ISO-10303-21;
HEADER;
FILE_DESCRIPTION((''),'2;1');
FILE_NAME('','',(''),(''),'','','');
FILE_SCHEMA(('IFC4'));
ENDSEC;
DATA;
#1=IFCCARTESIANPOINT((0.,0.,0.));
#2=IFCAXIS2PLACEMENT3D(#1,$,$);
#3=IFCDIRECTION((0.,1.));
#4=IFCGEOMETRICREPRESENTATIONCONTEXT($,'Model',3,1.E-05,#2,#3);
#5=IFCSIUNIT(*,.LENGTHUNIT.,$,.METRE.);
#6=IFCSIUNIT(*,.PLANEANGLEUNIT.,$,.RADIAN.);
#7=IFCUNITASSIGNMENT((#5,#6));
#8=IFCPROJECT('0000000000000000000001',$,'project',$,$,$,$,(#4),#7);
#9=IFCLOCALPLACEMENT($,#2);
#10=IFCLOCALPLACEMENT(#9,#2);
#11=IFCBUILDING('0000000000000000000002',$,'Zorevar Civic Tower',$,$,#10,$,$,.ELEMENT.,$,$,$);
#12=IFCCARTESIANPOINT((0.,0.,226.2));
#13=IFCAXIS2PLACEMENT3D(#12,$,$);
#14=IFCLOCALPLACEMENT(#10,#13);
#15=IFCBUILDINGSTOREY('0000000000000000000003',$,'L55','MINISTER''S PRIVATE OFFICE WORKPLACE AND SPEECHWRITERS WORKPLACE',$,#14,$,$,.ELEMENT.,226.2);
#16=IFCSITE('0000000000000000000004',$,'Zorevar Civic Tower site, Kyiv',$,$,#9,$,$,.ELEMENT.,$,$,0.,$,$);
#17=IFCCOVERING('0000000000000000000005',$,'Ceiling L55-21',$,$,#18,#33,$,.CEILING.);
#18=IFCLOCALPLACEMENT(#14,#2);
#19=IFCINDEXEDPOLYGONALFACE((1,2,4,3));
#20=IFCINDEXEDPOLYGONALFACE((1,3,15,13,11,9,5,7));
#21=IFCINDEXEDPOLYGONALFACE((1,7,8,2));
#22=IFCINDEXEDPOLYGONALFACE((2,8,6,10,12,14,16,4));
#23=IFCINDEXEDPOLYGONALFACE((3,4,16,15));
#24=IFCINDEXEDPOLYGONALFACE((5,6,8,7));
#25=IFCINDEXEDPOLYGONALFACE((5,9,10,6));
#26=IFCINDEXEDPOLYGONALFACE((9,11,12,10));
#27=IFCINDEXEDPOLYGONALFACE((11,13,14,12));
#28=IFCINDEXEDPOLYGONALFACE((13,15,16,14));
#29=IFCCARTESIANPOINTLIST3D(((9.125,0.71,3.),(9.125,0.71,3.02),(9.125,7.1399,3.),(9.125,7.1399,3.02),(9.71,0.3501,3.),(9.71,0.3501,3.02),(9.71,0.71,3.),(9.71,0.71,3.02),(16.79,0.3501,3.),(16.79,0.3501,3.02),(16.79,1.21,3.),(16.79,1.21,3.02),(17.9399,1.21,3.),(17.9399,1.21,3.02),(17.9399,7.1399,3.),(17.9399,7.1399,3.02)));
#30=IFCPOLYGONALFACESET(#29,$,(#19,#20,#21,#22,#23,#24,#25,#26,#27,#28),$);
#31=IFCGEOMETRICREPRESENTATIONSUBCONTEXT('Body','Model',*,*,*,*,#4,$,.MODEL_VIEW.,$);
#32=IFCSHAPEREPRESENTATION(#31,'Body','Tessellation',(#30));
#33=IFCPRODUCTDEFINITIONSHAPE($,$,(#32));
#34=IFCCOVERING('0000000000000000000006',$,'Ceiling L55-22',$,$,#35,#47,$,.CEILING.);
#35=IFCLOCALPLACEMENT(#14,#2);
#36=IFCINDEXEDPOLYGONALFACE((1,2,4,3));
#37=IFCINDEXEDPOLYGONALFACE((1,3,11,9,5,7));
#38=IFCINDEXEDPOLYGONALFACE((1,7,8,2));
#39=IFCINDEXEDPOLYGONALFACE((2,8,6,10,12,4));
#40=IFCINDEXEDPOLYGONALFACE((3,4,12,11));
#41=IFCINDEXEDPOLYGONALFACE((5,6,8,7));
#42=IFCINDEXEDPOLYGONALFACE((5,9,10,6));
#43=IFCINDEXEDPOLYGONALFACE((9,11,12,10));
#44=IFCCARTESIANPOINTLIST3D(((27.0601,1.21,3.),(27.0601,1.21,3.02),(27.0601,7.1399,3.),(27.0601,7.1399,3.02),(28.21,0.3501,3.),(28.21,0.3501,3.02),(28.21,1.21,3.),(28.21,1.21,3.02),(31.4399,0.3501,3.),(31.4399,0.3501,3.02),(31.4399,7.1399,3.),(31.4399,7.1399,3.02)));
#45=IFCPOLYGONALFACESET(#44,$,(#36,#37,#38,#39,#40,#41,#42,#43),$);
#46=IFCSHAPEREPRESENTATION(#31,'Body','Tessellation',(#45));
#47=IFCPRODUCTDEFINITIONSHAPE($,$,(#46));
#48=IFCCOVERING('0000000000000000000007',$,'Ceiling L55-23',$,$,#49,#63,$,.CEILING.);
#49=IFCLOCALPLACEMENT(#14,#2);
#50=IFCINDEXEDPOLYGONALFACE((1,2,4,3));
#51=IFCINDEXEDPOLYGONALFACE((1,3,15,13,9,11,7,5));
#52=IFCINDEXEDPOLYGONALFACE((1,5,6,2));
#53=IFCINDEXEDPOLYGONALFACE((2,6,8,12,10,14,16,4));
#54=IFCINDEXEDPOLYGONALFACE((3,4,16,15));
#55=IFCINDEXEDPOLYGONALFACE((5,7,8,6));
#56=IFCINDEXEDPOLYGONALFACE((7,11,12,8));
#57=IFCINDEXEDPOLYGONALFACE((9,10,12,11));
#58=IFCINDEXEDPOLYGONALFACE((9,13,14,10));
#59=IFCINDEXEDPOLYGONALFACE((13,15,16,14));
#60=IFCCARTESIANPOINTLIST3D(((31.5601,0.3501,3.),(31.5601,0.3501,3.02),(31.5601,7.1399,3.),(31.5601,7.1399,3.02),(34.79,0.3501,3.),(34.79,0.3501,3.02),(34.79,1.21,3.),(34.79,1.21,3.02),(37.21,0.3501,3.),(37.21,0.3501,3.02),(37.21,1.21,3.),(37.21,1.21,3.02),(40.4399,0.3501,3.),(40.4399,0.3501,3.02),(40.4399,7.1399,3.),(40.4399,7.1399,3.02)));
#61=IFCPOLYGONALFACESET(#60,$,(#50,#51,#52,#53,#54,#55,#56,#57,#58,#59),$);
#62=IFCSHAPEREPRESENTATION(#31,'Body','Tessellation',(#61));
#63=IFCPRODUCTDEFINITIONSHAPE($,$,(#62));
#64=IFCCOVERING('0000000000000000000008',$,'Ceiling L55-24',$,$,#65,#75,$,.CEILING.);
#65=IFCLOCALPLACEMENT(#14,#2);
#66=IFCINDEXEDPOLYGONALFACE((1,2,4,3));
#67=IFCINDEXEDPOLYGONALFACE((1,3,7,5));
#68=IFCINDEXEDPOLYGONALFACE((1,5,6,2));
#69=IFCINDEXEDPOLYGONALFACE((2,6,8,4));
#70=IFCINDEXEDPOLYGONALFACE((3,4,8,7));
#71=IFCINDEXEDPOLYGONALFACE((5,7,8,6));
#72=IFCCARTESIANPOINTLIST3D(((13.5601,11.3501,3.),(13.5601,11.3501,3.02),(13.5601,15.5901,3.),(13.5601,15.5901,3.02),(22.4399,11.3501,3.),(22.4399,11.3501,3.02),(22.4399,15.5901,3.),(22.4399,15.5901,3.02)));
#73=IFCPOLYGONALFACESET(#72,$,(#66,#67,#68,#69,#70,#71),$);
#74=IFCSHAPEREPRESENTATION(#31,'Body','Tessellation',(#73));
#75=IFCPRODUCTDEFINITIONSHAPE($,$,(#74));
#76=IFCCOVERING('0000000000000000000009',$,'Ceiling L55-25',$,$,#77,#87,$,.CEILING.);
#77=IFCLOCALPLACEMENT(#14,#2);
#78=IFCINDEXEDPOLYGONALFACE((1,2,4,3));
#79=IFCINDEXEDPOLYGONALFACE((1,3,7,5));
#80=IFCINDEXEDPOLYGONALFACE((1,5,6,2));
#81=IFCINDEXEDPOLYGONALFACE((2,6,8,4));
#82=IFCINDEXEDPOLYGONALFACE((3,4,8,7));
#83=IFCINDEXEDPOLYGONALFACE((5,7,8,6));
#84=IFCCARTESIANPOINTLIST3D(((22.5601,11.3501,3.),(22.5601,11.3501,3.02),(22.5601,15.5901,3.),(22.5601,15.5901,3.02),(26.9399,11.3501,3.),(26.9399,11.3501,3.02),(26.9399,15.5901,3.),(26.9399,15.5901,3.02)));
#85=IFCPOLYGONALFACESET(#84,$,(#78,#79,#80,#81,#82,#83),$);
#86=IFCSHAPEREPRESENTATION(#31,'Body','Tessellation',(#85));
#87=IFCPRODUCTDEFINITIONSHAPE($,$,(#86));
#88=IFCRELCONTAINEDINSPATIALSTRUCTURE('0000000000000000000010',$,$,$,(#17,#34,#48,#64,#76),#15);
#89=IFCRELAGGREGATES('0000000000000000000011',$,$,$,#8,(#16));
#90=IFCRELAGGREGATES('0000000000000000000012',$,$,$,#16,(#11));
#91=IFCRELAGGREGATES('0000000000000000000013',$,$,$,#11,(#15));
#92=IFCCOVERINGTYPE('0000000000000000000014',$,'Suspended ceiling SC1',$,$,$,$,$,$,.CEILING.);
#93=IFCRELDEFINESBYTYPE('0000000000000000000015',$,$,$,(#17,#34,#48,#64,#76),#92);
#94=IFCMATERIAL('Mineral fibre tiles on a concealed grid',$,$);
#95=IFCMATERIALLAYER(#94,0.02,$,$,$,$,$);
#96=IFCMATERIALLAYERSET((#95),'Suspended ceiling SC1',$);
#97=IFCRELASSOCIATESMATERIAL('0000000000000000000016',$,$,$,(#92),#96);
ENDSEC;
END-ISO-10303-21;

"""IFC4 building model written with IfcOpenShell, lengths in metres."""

from ifc_helpers import new_model, si_unit, direction, frame, origin, place, context, subcontext, project, spatial, polyline, outline, extrude, material, layer, layer_set, type_object, element, save


model = new_model("IFC4")

# Units and contexts
model_context = context("Model", 3, precision=1e-05, world=origin(), true_north=direction((0.0, 1.0)))
body_context = subcontext(model_context, "Body", "Model", "MODEL_VIEW")
ifc_project = project(units=[si_unit("LENGTHUNIT", "METRE"), si_unit("PLANEANGLEUNIT", "RADIAN")], contexts=[model_context])

# Site, building, storey
site_placement = place(None, origin())
site = spatial("IfcSite", under=ifc_project, at=site_placement, Name="Zorevar Civic Tower site, Kyiv", CompositionType="ELEMENT", RefElevation=0.0)
building_placement = place(site_placement, origin())
building = spatial("IfcBuilding", under=site, at=building_placement, Name="Zorevar Civic Tower", CompositionType="ELEMENT")
storey_placement = place(building_placement, frame((0.0, 0.0, 226.2)))
storey = spatial("IfcBuildingStorey", under=building, at=storey_placement, Name="L55", Description="MINISTER'S PRIVATE OFFICE WORKPLACE AND SPEECHWRITERS WORKPLACE", CompositionType="ELEMENT", Elevation=226.2)

# Coverings
ifc_material_1 = material(Name="Mineral fibre tiles on a concealed grid")
ifc_layer_1 = layer(ifc_material_1, 0.02)
ifc_layer_set_1 = layer_set([ifc_layer_1], Name="Suspended ceiling SC1")
covering_type_1 = type_object("IfcCoveringType", Name="Suspended ceiling SC1", PredefinedType="CEILING", material=ifc_layer_set_1)
covering_1_placement = place(storey_placement, frame((0.0, 0.0, 3.0)))
element("IfcCovering", 1, at=covering_1_placement, inside=storey, type_object=covering_type_1, Name="Ceiling L55-21", PredefinedType="CEILING", context=body_context, shape_type="SweptSolid", body=[
    extrude(outline(polyline([(9.71, 0.3501), (9.71, 0.71), (9.125, 0.71), (9.125, 7.1399), (17.9399, 7.1399), (17.9399, 1.21), (16.79, 1.21), (16.79, 0.3501), (9.71, 0.3501)])), origin(), (0.0, 0.0, 1.0), 0.02),
])
covering_2_placement = place(storey_placement, frame((0.0, 0.0, 3.0)))
element("IfcCovering", 2, at=covering_2_placement, inside=storey, type_object=covering_type_1, Name="Ceiling L55-22", PredefinedType="CEILING", context=body_context, shape_type="SweptSolid", body=[
    extrude(outline(polyline([(31.4399, 7.1399), (31.4399, 0.3501), (28.21, 0.3501), (28.21, 1.21), (27.0601, 1.21), (27.0601, 7.1399), (31.4399, 7.1399)])), origin(), (0.0, 0.0, 1.0), 0.02),
])
covering_3_placement = place(storey_placement, frame((0.0, 0.0, 3.0)))
element("IfcCovering", 3, at=covering_3_placement, inside=storey, type_object=covering_type_1, Name="Ceiling L55-23", PredefinedType="CEILING", context=body_context, shape_type="SweptSolid", body=[
    extrude(outline(polyline([(40.4399, 7.1399), (40.4399, 0.3501), (37.21, 0.3501), (37.21, 1.21), (34.79, 1.21), (34.79, 0.3501), (31.5601, 0.3501), (31.5601, 7.1399), (40.4399, 7.1399)])), origin(), (0.0, 0.0, 1.0), 0.02),
])
covering_4_placement = place(storey_placement, frame((0.0, 0.0, 3.0)))
element("IfcCovering", 4, at=covering_4_placement, inside=storey, type_object=covering_type_1, Name="Ceiling L55-24", PredefinedType="CEILING", context=body_context, shape_type="SweptSolid", body=[
    extrude(outline(polyline([(13.5601, 15.5901), (22.4399, 15.5901), (22.4399, 11.3501), (13.5601, 11.3501), (13.5601, 15.5901)])), origin(), (0.0, 0.0, 1.0), 0.02),
])
covering_5_placement = place(storey_placement, frame((0.0, 0.0, 3.0)))
element("IfcCovering", 5, at=covering_5_placement, inside=storey, type_object=covering_type_1, Name="Ceiling L55-25", PredefinedType="CEILING", context=body_context, shape_type="SweptSolid", body=[
    extrude(outline(polyline([(22.5601, 15.5901), (26.9399, 15.5901), (26.9399, 11.3501), (22.5601, 11.3501), (22.5601, 15.5901)])), origin(), (0.0, 0.0, 1.0), 0.02),
])

save(model, "model.ifc")
